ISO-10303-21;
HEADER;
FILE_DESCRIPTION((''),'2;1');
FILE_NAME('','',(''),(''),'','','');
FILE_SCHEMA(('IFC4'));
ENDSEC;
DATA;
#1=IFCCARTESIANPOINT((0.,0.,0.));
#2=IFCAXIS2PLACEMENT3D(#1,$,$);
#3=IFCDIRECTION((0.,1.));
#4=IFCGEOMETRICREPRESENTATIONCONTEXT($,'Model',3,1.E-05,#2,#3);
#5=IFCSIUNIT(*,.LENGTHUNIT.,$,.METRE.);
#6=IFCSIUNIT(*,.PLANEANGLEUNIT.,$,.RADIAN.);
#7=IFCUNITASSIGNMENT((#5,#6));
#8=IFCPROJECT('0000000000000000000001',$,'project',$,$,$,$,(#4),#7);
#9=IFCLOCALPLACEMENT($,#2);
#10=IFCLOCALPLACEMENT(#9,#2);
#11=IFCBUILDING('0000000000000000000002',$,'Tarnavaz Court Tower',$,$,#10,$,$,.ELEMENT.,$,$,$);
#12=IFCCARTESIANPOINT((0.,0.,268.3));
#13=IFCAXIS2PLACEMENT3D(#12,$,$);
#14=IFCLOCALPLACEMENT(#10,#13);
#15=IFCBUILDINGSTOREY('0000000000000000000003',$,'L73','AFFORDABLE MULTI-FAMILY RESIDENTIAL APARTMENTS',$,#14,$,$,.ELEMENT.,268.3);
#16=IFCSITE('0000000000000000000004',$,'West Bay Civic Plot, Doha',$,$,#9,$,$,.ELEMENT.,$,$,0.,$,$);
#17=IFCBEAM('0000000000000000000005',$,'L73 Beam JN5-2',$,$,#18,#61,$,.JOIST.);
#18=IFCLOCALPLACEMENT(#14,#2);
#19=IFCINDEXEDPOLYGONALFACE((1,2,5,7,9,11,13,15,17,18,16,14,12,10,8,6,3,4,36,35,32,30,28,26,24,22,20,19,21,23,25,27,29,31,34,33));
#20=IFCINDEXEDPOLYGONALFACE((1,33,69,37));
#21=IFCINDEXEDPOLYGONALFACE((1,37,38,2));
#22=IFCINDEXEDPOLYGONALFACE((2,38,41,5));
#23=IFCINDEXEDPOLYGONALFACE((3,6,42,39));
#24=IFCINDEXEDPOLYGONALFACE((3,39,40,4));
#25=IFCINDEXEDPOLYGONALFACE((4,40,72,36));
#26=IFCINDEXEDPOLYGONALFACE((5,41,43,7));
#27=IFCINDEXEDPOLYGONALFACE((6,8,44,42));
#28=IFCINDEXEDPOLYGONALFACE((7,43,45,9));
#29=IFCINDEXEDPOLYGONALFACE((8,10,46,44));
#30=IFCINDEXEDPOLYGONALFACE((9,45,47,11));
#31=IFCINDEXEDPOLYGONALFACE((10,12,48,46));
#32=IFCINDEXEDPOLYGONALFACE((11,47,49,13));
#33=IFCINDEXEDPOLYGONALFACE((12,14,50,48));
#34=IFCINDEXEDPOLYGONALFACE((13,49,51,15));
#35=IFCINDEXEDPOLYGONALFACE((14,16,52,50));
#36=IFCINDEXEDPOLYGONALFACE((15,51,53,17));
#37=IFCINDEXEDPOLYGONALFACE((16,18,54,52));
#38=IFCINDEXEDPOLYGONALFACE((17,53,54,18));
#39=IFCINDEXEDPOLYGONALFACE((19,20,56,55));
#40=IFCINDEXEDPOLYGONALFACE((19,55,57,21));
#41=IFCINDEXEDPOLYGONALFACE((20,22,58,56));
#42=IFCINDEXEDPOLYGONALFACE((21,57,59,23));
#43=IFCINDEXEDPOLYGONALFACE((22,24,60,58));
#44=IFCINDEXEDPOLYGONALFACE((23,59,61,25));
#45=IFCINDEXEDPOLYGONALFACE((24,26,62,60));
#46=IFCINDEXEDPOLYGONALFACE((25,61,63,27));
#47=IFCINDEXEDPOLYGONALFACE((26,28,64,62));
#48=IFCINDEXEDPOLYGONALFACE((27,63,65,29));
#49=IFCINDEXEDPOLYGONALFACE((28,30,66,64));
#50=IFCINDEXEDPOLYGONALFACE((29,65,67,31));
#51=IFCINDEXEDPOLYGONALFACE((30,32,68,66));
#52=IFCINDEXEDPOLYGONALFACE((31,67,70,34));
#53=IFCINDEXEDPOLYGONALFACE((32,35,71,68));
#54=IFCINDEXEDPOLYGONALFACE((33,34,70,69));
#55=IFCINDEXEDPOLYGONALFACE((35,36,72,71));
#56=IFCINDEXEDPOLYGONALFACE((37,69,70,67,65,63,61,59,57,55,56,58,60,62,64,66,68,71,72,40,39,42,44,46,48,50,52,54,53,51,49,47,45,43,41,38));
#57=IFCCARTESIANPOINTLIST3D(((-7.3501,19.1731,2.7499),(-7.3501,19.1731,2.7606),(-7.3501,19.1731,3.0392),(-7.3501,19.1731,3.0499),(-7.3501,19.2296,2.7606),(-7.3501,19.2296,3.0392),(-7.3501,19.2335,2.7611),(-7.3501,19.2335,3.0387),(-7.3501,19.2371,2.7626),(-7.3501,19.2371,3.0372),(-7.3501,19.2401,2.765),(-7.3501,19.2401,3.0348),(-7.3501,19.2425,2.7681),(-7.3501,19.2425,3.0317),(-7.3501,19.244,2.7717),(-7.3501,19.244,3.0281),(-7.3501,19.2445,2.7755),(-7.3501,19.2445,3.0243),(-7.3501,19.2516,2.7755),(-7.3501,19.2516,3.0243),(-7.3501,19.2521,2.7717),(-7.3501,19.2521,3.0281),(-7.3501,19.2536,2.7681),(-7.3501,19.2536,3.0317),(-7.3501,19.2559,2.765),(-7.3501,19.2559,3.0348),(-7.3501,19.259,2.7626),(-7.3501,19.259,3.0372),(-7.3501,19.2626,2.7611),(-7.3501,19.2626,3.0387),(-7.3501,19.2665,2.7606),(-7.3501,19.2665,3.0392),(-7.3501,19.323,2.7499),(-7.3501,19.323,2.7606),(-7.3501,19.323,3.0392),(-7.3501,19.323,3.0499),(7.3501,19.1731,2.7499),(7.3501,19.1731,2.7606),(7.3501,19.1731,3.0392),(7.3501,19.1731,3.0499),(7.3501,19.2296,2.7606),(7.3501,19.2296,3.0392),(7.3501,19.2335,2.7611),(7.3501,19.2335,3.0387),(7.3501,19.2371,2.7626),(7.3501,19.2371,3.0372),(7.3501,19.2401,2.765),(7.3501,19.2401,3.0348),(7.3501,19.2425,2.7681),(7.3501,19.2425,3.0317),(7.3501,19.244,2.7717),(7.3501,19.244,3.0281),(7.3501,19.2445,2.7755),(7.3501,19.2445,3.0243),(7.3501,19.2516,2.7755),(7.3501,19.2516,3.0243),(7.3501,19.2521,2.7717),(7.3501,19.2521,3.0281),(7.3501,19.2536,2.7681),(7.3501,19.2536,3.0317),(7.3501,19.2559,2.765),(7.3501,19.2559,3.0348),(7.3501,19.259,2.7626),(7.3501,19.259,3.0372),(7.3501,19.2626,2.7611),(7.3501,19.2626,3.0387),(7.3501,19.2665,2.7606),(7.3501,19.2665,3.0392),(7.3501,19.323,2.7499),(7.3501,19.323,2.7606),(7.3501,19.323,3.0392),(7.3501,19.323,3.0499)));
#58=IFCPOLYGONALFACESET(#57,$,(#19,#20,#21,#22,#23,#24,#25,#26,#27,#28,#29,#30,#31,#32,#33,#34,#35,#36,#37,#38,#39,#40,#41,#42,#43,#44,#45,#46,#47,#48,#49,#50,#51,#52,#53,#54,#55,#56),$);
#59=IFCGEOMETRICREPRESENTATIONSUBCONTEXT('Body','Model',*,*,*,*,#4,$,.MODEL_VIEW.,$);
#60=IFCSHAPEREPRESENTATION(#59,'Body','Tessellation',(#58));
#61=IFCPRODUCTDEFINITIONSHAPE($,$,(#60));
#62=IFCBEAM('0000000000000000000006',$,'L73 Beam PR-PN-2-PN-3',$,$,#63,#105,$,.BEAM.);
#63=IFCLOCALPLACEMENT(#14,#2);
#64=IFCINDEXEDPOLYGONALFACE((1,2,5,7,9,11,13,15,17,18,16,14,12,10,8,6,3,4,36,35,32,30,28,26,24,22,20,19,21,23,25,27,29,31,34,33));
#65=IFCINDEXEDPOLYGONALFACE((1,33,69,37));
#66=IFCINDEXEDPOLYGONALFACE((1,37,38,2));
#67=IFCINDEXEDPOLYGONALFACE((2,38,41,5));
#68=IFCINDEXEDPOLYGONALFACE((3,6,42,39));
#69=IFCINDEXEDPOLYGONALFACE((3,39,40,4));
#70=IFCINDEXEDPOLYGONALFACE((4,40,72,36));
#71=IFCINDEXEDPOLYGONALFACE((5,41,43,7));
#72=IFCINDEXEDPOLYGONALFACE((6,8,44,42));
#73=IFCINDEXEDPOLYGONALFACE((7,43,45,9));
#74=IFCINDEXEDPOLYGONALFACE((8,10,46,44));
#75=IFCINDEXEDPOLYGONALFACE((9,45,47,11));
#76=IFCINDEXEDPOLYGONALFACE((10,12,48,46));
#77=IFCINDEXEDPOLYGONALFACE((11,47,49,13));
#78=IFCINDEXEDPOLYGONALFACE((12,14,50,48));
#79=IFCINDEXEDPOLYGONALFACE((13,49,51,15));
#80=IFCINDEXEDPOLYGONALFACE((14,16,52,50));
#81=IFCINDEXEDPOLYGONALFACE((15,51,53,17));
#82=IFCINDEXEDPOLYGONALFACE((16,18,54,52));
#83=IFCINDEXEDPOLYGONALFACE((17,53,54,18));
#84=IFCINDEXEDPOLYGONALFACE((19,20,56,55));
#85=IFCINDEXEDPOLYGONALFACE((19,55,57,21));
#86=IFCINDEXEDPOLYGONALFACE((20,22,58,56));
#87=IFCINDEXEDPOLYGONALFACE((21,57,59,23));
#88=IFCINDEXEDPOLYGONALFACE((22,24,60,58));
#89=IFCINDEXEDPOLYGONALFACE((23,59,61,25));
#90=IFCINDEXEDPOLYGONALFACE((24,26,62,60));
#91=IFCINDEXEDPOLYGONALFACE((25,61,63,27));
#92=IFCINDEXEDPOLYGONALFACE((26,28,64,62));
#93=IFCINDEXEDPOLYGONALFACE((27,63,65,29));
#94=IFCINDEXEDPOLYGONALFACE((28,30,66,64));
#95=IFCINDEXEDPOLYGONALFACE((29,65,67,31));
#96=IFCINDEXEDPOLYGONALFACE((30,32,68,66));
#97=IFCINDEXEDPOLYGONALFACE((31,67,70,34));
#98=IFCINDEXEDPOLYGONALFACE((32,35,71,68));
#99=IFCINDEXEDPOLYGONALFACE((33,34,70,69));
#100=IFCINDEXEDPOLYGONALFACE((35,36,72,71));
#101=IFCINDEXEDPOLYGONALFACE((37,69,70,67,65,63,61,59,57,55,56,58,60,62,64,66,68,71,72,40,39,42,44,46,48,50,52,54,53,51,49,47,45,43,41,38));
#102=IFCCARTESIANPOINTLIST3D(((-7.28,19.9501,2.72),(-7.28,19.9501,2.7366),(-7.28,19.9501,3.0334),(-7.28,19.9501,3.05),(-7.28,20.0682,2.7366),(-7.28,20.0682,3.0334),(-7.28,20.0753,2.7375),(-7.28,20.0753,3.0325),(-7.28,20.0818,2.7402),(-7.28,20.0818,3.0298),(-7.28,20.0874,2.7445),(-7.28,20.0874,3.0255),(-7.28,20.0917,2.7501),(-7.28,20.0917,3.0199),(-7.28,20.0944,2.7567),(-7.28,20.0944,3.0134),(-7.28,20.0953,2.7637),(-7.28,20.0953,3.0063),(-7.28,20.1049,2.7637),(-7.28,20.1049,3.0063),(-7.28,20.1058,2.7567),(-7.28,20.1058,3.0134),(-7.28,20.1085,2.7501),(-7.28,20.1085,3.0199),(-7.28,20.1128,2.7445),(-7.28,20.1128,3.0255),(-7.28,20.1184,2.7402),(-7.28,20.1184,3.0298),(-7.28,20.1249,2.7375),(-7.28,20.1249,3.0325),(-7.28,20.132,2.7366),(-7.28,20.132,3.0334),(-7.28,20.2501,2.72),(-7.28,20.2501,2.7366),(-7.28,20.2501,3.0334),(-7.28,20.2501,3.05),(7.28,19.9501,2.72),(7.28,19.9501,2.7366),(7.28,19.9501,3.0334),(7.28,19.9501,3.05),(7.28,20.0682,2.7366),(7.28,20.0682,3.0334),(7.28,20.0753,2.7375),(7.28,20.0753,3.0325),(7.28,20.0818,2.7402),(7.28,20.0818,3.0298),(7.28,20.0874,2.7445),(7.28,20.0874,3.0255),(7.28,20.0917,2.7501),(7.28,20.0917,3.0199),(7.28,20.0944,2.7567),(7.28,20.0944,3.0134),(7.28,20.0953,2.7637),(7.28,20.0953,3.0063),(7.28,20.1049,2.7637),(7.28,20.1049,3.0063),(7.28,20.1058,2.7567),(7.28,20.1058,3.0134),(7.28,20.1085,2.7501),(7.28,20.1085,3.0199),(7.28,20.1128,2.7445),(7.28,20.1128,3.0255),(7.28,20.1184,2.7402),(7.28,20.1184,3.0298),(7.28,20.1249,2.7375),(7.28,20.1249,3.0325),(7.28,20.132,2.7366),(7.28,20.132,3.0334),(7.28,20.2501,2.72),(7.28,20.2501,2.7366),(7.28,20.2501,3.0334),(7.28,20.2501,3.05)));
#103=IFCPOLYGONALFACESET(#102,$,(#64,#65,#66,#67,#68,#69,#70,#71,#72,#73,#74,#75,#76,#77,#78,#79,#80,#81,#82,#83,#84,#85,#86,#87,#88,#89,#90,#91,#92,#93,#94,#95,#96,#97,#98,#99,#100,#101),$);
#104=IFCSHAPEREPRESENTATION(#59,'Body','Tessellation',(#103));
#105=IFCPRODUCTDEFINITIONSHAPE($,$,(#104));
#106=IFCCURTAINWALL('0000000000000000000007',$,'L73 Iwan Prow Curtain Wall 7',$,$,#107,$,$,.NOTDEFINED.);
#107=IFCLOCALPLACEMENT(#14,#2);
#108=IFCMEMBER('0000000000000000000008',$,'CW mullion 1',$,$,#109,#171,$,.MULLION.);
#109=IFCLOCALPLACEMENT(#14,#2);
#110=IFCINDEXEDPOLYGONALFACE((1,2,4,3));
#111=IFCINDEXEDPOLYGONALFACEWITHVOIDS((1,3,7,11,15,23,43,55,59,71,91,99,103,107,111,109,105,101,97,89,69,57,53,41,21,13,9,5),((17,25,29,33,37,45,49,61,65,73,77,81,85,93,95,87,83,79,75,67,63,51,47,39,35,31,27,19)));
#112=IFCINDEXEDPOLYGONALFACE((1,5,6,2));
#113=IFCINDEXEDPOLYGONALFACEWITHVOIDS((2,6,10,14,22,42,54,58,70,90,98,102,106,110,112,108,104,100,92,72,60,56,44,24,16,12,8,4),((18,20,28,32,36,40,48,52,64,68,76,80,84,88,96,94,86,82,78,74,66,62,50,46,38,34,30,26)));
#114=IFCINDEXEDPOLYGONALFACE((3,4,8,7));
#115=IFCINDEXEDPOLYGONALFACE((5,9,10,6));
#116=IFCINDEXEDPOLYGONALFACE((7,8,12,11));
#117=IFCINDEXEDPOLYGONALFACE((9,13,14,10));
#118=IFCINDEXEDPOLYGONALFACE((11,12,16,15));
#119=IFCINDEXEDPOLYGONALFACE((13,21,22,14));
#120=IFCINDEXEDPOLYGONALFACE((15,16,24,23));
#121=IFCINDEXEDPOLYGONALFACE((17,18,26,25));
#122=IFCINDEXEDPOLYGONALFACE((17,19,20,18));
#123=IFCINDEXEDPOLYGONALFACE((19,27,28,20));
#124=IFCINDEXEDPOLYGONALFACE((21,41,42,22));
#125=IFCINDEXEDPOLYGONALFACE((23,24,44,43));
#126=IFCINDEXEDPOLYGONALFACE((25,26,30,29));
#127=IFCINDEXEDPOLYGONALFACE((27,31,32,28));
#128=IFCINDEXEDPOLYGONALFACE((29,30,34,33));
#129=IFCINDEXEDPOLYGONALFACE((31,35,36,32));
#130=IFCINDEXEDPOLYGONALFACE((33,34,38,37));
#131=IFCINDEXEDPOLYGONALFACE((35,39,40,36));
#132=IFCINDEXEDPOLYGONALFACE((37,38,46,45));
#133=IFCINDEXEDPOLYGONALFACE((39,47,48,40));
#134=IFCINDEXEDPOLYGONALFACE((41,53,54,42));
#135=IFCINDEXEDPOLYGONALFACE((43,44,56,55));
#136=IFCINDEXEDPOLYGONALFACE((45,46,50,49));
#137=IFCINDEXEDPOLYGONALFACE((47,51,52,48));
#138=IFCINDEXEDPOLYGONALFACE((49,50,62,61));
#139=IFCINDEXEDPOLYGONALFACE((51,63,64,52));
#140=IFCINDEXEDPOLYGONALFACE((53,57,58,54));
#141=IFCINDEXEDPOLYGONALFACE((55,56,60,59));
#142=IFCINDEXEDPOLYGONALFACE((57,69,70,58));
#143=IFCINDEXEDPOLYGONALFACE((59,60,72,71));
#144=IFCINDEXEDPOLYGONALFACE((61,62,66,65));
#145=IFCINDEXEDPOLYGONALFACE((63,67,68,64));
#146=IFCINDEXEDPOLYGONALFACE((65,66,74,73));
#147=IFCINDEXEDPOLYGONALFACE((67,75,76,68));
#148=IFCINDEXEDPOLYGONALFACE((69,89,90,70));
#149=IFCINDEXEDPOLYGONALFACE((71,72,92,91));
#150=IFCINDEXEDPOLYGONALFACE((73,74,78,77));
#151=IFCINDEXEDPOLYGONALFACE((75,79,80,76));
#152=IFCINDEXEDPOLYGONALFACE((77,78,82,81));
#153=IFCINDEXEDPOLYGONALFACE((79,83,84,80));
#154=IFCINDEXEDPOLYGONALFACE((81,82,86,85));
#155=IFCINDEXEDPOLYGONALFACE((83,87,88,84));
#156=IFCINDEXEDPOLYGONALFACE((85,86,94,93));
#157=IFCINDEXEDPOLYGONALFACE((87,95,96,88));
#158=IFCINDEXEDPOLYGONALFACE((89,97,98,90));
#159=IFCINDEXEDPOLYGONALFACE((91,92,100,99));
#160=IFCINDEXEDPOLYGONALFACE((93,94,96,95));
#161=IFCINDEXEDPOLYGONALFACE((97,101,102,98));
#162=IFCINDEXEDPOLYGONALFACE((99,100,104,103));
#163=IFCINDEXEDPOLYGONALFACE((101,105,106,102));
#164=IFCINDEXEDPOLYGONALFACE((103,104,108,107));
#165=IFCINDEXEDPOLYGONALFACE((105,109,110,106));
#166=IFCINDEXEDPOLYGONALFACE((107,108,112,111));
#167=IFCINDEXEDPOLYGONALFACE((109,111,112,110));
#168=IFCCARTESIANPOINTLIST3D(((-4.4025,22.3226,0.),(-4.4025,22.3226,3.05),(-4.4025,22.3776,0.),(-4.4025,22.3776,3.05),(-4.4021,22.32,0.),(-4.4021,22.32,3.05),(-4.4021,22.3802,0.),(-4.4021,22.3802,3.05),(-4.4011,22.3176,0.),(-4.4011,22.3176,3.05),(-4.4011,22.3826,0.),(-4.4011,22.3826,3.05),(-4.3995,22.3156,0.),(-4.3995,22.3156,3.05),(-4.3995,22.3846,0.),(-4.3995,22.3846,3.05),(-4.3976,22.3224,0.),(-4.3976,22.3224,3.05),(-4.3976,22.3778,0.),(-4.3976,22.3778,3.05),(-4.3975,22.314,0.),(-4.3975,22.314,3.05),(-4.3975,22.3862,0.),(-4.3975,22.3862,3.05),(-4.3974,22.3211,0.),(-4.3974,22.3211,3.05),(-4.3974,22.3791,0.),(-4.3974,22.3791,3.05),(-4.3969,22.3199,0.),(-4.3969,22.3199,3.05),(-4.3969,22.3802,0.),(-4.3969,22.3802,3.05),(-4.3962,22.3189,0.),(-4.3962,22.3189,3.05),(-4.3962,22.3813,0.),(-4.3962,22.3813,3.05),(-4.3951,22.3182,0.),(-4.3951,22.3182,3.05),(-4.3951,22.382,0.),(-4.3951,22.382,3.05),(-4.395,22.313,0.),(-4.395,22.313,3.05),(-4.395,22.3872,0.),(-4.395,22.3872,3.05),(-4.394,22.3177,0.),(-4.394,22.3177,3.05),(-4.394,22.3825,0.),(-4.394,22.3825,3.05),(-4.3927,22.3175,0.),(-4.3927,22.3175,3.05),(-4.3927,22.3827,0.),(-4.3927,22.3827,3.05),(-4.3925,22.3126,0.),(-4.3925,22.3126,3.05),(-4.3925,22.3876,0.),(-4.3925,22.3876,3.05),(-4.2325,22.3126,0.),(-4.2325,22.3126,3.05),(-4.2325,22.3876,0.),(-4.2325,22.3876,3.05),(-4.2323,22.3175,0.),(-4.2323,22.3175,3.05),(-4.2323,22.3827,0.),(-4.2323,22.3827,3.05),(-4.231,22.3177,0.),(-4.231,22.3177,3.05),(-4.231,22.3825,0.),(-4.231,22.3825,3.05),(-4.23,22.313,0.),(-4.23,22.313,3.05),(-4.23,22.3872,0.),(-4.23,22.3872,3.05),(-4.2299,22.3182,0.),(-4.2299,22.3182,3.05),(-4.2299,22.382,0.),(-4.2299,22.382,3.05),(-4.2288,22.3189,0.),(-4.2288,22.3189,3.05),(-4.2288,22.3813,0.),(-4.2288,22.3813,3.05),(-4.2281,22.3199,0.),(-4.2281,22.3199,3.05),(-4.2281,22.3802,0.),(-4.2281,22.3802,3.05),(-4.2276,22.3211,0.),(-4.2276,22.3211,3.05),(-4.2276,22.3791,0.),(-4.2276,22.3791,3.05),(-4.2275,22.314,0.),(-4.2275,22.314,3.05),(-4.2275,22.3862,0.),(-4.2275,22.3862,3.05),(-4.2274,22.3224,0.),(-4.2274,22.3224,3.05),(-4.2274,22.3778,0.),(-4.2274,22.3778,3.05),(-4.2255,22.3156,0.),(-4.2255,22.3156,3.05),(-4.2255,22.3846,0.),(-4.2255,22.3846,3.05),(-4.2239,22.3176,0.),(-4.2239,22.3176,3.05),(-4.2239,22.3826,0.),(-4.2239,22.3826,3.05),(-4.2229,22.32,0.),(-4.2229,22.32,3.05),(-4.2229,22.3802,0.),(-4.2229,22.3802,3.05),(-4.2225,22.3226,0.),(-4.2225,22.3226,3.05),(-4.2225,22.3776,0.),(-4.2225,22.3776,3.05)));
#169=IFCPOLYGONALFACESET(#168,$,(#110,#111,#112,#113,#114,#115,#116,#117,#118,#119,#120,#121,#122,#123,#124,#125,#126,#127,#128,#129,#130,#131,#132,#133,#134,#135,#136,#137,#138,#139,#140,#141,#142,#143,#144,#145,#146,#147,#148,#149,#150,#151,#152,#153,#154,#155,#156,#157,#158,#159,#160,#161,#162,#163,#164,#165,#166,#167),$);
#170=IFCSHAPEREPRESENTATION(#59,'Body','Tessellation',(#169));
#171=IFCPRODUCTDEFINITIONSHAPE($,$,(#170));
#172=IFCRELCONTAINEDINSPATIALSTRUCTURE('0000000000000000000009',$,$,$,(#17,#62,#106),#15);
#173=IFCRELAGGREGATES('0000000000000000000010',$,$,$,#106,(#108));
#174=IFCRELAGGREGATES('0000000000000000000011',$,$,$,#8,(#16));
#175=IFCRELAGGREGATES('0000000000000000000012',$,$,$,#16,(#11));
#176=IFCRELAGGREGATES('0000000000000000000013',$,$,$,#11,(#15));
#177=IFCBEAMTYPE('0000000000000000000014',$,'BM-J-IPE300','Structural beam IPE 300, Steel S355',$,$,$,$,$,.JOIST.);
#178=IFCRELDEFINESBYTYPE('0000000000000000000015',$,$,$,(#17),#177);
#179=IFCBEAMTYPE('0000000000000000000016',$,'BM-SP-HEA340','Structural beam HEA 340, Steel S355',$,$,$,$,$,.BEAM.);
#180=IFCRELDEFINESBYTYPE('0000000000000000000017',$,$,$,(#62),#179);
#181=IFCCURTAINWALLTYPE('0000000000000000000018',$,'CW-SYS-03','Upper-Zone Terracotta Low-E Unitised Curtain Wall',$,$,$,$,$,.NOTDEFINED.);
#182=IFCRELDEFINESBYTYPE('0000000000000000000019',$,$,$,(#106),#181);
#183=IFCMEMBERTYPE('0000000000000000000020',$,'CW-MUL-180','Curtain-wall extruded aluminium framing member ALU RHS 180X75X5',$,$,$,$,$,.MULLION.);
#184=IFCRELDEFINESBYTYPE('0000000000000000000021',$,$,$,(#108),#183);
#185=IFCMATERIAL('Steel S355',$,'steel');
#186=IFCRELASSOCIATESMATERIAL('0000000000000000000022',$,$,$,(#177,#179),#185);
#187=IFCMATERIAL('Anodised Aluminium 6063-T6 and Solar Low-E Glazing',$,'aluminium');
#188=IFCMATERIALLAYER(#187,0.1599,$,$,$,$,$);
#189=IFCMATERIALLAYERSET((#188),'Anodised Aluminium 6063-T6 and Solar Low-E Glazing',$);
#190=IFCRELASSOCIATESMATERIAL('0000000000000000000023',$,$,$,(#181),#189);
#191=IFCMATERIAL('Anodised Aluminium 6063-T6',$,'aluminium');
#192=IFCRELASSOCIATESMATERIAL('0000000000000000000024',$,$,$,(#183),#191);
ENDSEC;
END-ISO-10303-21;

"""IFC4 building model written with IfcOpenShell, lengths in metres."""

from ifc_helpers import new_model, si_unit, direction, frame, origin, origin_2d, place, context, subcontext, project, spatial, hollow_rectangle, i_section, extrude, material, layer, layer_set, material_profile, profile_set, type_object, element, aggregate, save


model = new_model("IFC4")

# Units and contexts
model_context = context("Model", 3, precision=1e-05, world=origin(), true_north=direction((0.0, 1.0)))
body_context = subcontext(model_context, "Body", "Model", "MODEL_VIEW")
ifc_project = project(units=[si_unit("LENGTHUNIT", "METRE"), si_unit("PLANEANGLEUNIT", "RADIAN")], contexts=[model_context])

# Site, building, storey
site_placement = place(None, origin())
site = spatial("IfcSite", under=ifc_project, at=site_placement, Name="West Bay Civic Plot, Doha", CompositionType="ELEMENT", RefElevation=0.0)
building_placement = place(site_placement, origin())
building = spatial("IfcBuilding", under=site, at=building_placement, Name="Tarnavaz Court Tower", CompositionType="ELEMENT")
storey_placement = place(building_placement, frame((0.0, 0.0, 268.3)))
storey = spatial("IfcBuildingStorey", under=building, at=storey_placement, Name="L73", Description="AFFORDABLE MULTI-FAMILY RESIDENTIAL APARTMENTS", CompositionType="ELEMENT", Elevation=268.3)

# Beams
ifc_material_1 = material(Name="Steel S355", Category="steel")
ifc_material_profile_1 = material_profile(ifc_material_1, i_section(OverallWidth=0.1499, OverallDepth=0.3, WebThickness=0.0071, FlangeThickness=0.0107, FilletRadius=0.0149, at=origin_2d()), Name="IPE 300")
ifc_profile_set_1 = profile_set([ifc_material_profile_1], Name="Steel S355")
beam_type_1 = type_object("IfcBeamType", Name="BM-J-IPE300", Description="Structural beam IPE 300, Steel S355", PredefinedType="JOIST", material=ifc_profile_set_1)
for number, where, z_axis, x_axis, name in (
    (1, (-7.3501, 19.248, 2.8999), (1.0, 0.0, 0.0), (0.0, 1.0, 0.0), "L73 Beam JN5-2"),
):
    element("IfcBeam", number, at=place(storey_placement, frame(where, z_axis=z_axis, x_axis=x_axis)), inside=storey, type_object=beam_type_1, Name=name, PredefinedType="JOIST", context=body_context, shape_type="SweptSolid", body=[
        extrude(i_section(OverallWidth=0.1499, OverallDepth=0.3, WebThickness=0.0071, FlangeThickness=0.0107, FilletRadius=0.0149, at=origin_2d()), origin(), (0.0, 0.0, 1.0), 14.7002),
    ])
ifc_material_profile_2 = material_profile(ifc_material_1, i_section(OverallWidth=0.3, OverallDepth=0.3301, WebThickness=0.0095, FlangeThickness=0.0166, FilletRadius=0.0271, at=origin_2d()), Name="HEA 340")
ifc_profile_set_2 = profile_set([ifc_material_profile_2], Name="Steel S355")
beam_type_2 = type_object("IfcBeamType", Name="BM-SP-HEA340", Description="Structural beam HEA 340, Steel S355", PredefinedType="BEAM", material=ifc_profile_set_2)
beam_placement = place(storey_placement, frame((-7.28, 20.1001, 2.885), z_axis=(1.0, 0.0, 0.0), x_axis=(0.0, 1.0, 0.0)))
element("IfcBeam", 2, at=beam_placement, inside=storey, type_object=beam_type_2, Name="L73 Beam PR-PN-2-PN-3", PredefinedType="BEAM", context=body_context, shape_type="SweptSolid", body=[
    extrude(i_section(OverallWidth=0.3, OverallDepth=0.3301, WebThickness=0.0095, FlangeThickness=0.0166, FilletRadius=0.0271, at=origin_2d()), origin(), (0.0, 0.0, 1.0), 14.5601),
])

# Curtain wall, member
ifc_material_2 = material(Name="Anodised Aluminium 6063-T6 and Solar Low-E Glazing", Category="aluminium")
ifc_layer_1 = layer(ifc_material_2, 0.1599)
ifc_layer_set_1 = layer_set([ifc_layer_1], Name="Anodised Aluminium 6063-T6 and Solar Low-E Glazing")
curtain_wall_type = type_object("IfcCurtainWallType", Name="CW-SYS-03", Description="Upper-Zone Terracotta Low-E Unitised Curtain Wall", PredefinedType="NOTDEFINED", material=ifc_layer_set_1)
curtain_wall_placement = place(storey_placement, origin())
curtain_wall = element("IfcCurtainWall", 3, at=curtain_wall_placement, inside=storey, type_object=curtain_wall_type, Name="L73 Iwan Prow Curtain Wall 7", PredefinedType="NOTDEFINED")
ifc_material_3 = material(Name="Anodised Aluminium 6063-T6", Category="aluminium")
ifc_material_profile_3 = material_profile(ifc_material_3, hollow_rectangle(XDim=0.075, YDim=0.1799, WallThickness=0.0049, InnerFilletRadius=0.0049, OuterFilletRadius=0.01, at=origin_2d()), Name="ALU RHS 180X75X5")
ifc_profile_set_3 = profile_set([ifc_material_profile_3], Name="Anodised Aluminium 6063-T6")
member_type_1 = type_object("IfcMemberType", Name="CW-MUL-180", Description="Curtain-wall extruded aluminium framing member ALU RHS 180X75X5", PredefinedType="MULLION", material=ifc_profile_set_3)
member_1_placement = place(storey_placement, frame((-4.3125, 22.3501, 0.0), z_axis=(0.0, 0.0, 1.0), x_axis=(0.0, 1.0, 0.0)))
member_1 = element("IfcMember", 4, at=member_1_placement, type_object=member_type_1, Name="CW mullion 1", PredefinedType="MULLION", context=body_context, shape_type="SweptSolid", body=[
    extrude(hollow_rectangle(XDim=0.075, YDim=0.1799, WallThickness=0.0049, InnerFilletRadius=0.0049, OuterFilletRadius=0.01, at=origin_2d()), origin(), (0.0, 0.0, 1.0), 3.05),
])
aggregate(curtain_wall, [member_1])

save(model, "model.ifc")
